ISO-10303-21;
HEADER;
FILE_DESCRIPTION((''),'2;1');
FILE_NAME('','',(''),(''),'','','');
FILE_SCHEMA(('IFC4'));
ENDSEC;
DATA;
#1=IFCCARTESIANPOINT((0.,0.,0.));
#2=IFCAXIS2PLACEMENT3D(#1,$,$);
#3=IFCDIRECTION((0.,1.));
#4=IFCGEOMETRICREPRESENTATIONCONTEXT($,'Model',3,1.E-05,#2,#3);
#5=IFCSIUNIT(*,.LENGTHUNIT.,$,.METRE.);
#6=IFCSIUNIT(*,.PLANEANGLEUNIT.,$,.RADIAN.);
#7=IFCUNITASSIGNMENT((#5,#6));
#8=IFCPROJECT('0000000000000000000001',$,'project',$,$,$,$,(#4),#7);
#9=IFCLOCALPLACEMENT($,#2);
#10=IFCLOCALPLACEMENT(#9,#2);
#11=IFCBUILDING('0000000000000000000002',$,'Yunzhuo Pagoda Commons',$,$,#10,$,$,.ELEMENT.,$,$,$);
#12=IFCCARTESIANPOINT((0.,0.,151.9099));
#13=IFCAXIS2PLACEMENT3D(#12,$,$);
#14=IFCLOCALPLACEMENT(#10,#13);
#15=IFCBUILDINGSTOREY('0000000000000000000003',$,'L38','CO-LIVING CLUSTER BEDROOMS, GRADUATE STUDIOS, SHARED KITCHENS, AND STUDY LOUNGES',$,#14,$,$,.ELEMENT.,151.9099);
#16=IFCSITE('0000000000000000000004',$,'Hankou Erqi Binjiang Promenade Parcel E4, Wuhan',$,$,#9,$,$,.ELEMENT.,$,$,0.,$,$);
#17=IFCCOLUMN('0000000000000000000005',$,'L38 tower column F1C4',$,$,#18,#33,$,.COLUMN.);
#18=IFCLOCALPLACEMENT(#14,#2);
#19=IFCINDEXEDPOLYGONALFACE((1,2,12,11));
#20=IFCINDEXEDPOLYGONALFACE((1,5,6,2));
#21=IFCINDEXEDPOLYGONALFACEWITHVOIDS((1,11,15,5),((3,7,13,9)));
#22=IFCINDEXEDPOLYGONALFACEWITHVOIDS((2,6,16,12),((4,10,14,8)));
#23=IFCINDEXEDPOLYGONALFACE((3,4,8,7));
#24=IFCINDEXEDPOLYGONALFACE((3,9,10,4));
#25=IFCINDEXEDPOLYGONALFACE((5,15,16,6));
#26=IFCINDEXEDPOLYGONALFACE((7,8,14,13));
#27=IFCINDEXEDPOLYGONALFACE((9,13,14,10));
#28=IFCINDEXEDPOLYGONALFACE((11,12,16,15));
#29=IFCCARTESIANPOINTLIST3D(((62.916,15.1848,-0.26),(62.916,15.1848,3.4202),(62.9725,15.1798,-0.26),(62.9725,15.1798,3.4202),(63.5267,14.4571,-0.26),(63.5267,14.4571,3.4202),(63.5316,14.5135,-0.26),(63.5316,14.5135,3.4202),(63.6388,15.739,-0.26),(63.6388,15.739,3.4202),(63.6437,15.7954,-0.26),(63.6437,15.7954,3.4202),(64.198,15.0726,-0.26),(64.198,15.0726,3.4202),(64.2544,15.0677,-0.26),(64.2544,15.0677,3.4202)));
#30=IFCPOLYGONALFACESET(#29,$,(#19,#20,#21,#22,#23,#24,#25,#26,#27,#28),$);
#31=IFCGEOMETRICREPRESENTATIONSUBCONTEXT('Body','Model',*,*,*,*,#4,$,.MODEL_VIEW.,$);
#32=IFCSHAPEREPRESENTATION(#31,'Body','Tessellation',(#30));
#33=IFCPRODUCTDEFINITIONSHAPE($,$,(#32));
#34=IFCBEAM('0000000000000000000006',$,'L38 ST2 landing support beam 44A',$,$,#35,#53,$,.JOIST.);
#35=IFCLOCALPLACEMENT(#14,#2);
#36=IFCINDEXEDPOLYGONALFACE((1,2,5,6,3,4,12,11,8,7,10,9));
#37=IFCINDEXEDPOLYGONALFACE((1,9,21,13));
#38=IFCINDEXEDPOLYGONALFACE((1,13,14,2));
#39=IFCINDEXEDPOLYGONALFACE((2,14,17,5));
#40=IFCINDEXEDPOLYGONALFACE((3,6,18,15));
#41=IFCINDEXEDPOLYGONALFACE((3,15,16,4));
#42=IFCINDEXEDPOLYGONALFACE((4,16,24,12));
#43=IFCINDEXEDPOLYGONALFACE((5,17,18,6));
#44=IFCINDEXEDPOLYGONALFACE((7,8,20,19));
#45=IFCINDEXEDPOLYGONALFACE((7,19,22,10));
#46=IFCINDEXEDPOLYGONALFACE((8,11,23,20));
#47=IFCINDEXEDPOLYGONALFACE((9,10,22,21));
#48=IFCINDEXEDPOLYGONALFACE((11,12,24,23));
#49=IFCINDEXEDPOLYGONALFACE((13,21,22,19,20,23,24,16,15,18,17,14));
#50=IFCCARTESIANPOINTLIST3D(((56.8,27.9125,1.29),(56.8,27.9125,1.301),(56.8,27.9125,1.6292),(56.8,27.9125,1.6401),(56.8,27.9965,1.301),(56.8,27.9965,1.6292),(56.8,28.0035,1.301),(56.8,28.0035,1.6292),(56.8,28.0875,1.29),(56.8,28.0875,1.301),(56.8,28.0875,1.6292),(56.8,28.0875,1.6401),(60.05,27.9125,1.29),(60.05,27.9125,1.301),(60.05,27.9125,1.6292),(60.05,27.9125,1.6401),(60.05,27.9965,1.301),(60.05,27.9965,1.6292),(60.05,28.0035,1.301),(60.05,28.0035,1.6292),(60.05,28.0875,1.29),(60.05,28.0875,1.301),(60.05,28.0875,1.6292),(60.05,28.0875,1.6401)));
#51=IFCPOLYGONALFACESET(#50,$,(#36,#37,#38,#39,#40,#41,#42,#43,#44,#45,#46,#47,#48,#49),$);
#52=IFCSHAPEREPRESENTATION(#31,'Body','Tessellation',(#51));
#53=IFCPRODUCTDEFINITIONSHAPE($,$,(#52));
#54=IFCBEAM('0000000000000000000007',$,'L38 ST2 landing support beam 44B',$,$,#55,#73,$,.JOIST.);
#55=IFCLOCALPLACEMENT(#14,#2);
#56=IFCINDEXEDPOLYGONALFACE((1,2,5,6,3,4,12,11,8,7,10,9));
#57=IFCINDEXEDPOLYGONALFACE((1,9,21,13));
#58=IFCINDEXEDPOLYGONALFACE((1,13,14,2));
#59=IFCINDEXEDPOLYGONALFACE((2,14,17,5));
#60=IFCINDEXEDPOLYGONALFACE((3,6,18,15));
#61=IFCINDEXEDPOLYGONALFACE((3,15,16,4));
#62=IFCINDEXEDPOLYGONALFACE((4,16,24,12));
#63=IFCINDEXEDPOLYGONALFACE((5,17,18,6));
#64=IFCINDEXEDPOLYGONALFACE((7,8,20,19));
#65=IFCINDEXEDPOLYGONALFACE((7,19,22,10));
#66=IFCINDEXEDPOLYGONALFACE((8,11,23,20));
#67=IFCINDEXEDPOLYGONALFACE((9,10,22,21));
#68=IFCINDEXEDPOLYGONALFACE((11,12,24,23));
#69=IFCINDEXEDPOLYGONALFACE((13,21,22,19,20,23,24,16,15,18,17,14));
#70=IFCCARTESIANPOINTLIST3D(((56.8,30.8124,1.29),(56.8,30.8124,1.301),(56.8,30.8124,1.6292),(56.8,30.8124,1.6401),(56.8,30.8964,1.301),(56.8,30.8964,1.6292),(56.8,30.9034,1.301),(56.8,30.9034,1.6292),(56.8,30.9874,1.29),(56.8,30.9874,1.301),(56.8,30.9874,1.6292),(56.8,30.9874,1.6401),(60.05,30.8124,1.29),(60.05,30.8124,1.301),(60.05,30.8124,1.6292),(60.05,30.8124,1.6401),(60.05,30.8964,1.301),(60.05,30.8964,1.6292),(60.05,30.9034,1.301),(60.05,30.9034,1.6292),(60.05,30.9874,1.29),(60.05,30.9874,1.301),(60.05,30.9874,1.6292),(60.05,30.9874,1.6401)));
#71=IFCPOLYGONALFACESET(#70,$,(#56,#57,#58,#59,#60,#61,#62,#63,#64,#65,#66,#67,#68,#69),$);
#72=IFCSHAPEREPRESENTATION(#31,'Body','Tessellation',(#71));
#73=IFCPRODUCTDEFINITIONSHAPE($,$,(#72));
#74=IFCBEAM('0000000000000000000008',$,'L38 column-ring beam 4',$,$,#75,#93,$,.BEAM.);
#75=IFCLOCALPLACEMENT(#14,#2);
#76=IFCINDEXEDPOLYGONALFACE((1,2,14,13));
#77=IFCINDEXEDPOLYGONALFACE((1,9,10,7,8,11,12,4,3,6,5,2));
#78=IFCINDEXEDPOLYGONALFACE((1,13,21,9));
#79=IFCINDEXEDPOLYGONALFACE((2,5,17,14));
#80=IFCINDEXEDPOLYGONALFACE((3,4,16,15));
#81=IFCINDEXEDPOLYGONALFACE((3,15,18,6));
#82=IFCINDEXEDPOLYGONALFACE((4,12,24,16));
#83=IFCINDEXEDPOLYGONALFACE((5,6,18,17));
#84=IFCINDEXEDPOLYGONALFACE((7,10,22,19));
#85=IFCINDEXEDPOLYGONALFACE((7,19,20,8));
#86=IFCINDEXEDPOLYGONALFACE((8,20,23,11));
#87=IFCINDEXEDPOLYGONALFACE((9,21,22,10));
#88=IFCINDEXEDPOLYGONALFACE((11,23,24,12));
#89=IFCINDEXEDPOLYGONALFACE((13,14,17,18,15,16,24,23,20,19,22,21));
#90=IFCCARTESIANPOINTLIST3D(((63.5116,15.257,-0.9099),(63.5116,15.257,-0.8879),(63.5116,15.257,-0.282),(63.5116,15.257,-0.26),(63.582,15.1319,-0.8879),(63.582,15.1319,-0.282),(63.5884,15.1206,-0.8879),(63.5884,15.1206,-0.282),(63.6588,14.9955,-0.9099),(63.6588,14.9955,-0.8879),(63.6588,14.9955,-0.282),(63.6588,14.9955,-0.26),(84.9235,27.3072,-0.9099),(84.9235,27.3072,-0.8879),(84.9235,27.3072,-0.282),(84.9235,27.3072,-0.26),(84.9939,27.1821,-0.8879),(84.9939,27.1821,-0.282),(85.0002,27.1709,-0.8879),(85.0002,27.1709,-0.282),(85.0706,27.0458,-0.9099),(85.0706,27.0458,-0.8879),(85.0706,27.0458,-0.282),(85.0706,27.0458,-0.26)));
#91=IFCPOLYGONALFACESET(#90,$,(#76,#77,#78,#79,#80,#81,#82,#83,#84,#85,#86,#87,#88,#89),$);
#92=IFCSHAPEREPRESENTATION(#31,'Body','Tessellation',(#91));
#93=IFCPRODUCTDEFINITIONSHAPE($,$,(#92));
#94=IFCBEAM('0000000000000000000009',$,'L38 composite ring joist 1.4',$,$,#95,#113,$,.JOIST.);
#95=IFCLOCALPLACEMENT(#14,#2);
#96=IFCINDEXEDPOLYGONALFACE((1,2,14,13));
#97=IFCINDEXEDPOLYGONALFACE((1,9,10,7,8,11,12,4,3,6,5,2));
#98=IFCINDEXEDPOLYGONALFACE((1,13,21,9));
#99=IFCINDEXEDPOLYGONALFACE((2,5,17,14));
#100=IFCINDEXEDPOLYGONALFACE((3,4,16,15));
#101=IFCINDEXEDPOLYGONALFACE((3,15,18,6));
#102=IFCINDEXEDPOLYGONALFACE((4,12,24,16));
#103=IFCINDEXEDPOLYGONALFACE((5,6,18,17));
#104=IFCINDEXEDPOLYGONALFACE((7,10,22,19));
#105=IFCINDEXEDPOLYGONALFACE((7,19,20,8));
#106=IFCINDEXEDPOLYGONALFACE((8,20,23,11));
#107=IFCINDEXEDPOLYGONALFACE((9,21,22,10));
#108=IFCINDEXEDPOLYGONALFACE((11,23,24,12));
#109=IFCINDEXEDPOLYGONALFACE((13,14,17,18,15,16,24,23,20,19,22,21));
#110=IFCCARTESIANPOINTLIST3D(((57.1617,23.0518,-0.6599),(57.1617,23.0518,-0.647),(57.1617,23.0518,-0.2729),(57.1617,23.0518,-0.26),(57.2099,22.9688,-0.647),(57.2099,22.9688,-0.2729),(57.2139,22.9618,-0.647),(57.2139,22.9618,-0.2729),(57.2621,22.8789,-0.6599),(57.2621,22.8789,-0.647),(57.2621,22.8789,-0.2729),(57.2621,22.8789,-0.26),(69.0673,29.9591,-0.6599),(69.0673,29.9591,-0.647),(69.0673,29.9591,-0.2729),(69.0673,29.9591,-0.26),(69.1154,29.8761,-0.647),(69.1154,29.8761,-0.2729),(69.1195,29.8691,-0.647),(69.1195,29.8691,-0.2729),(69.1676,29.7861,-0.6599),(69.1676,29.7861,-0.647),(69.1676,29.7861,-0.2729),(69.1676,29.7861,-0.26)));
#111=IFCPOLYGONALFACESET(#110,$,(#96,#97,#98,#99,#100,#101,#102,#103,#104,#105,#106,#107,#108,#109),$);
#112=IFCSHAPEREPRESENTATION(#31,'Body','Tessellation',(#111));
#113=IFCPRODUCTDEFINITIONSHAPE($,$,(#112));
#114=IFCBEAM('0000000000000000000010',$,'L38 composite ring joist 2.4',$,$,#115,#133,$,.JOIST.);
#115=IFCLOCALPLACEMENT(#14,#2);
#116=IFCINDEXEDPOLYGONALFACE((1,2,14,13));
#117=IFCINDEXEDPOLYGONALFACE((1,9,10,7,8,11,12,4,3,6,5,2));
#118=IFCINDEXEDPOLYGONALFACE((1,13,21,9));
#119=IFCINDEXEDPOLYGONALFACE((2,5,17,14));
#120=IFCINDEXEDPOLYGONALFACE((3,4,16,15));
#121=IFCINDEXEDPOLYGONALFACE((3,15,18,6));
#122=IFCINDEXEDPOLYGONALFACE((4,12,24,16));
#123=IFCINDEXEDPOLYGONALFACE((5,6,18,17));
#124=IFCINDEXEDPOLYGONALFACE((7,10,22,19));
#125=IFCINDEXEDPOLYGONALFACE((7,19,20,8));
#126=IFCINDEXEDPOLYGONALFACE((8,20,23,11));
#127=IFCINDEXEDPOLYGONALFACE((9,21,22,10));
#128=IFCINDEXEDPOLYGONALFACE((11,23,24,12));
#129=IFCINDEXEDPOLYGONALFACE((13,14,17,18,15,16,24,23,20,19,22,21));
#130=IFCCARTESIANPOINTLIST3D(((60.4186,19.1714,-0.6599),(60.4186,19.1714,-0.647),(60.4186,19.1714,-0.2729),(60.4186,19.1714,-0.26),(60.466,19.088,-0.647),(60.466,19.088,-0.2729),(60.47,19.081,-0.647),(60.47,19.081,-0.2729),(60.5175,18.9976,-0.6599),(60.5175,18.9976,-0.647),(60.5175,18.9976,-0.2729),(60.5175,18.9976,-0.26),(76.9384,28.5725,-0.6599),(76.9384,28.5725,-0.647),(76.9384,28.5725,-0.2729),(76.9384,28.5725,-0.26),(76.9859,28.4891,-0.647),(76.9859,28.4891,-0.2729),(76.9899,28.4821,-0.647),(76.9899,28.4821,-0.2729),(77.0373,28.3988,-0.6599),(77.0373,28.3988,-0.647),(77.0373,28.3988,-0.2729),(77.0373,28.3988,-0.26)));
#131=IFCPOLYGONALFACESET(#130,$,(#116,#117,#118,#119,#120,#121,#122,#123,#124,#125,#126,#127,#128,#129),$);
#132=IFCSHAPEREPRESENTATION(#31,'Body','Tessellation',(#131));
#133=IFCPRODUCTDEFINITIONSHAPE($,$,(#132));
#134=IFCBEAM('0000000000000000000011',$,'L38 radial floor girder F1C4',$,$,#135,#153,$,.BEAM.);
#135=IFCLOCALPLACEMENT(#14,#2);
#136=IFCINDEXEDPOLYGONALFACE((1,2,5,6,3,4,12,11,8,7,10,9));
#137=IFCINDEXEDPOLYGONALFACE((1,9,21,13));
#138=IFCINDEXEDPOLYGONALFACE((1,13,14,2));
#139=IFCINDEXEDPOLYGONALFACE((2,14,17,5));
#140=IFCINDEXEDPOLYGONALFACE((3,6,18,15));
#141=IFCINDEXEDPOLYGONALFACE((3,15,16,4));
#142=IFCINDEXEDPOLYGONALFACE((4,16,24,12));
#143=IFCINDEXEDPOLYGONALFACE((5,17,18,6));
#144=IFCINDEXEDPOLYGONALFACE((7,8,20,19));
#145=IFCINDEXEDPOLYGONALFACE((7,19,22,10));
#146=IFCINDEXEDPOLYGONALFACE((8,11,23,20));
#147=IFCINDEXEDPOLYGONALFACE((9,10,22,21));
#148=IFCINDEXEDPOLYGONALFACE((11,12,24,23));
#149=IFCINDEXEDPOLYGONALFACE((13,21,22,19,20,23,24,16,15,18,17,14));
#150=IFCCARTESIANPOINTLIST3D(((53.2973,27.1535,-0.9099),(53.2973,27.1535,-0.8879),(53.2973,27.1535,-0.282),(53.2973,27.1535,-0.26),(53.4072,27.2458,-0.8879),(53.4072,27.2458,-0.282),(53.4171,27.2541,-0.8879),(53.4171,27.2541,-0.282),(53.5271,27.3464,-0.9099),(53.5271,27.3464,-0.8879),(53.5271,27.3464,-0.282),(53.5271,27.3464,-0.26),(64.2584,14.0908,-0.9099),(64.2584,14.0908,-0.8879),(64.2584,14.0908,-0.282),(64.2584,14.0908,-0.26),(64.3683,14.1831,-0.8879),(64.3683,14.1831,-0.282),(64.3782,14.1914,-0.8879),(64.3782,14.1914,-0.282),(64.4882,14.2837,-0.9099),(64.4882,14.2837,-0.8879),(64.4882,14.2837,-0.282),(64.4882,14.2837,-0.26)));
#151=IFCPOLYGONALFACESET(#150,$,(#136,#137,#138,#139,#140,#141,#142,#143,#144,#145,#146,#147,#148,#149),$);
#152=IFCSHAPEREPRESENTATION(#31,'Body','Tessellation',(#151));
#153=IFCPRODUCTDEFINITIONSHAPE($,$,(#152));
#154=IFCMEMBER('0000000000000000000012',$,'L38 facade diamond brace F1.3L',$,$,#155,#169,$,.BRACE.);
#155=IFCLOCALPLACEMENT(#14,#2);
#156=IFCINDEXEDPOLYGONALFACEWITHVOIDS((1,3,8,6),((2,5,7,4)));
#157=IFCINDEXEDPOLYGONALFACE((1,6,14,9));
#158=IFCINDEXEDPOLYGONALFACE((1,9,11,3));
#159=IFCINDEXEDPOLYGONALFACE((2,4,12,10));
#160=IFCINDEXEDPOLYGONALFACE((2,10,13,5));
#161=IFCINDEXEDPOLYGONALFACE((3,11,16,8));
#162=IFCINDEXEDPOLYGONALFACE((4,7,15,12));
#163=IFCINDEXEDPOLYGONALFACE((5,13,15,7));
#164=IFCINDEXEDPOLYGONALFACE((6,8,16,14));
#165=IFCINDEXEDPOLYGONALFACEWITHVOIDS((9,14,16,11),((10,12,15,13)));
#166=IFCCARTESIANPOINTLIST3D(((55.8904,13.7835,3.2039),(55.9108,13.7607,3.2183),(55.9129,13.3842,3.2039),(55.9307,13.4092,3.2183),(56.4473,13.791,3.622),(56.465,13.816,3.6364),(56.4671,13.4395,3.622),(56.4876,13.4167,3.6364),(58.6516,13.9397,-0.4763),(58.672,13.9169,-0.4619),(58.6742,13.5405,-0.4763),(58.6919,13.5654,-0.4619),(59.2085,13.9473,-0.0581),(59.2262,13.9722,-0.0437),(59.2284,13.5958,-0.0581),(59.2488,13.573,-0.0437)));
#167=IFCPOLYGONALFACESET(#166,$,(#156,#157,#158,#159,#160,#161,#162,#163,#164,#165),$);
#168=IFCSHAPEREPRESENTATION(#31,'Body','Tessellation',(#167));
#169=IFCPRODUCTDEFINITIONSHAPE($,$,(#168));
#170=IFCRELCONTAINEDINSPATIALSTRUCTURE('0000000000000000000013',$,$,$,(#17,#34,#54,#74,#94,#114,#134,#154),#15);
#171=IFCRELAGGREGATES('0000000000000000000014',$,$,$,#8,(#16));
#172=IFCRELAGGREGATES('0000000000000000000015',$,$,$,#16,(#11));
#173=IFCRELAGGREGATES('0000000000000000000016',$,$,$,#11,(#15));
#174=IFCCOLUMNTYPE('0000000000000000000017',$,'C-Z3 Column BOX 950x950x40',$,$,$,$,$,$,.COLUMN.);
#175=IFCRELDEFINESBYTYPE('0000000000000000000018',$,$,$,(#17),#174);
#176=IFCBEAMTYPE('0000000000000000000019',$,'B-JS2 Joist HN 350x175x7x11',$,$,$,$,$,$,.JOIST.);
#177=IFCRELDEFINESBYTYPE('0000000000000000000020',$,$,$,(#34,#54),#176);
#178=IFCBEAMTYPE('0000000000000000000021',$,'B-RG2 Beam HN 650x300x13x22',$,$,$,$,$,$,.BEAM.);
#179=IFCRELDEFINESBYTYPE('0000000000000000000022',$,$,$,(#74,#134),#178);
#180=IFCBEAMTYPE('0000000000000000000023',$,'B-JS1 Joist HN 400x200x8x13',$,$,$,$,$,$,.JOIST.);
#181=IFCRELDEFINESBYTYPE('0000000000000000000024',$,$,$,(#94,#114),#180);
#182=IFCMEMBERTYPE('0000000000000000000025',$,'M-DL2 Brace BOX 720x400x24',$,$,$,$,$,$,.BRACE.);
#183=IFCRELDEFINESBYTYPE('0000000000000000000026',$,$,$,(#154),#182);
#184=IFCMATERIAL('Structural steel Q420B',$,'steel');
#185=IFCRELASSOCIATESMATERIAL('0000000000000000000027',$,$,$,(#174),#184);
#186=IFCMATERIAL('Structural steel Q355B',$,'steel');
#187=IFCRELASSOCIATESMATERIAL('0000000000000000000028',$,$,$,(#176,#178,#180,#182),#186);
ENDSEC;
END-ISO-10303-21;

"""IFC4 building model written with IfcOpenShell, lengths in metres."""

from ifc_helpers import new_model, si_unit, direction, frame, origin, origin_2d, place, context, subcontext, project, spatial, hollow_rectangle, i_section, extrude, source, transform, mapped, material, material_profile, profile_set, type_object, element, save


model = new_model("IFC4")

# Units and contexts
model_context = context("Model", 3, precision=1e-05, world=origin(), true_north=direction((0.0, 1.0)))
body_context = subcontext(model_context, "Body", "Model", "MODEL_VIEW")
ifc_project = project(units=[si_unit("LENGTHUNIT", "METRE"), si_unit("PLANEANGLEUNIT", "RADIAN")], contexts=[model_context])

# Site, building, storey
site_placement = place(None, origin())
site = spatial("IfcSite", under=ifc_project, at=site_placement, Name="Hankou Erqi Binjiang Promenade Parcel E4, Wuhan", CompositionType="ELEMENT", RefElevation=0.0)
building_placement = place(site_placement, origin())
building = spatial("IfcBuilding", under=site, at=building_placement, Name="Yunzhuo Pagoda Commons", CompositionType="ELEMENT")
storey_placement = place(building_placement, frame((0.0, 0.0, 151.9099)))
storey = spatial("IfcBuildingStorey", under=building, at=storey_placement, Name="L38", Description="CO-LIVING CLUSTER BEDROOMS, GRADUATE STUDIOS, SHARED KITCHENS, AND STUDY LOUNGES", CompositionType="ELEMENT", Elevation=151.9099)

# Column
ifc_material_1 = material(Name="Structural steel Q420B", Category="steel")
ifc_material_profile_1 = material_profile(ifc_material_1, hollow_rectangle(XDim=0.95, YDim=0.95, WallThickness=0.04, at=origin_2d()), Name="Structural steel Q420B")
ifc_profile_set_1 = profile_set([ifc_material_profile_1], Name="Structural steel Q420B")
column_type = type_object("IfcColumnType", Name="C-Z3 Column BOX 950x950x40", PredefinedType="COLUMN", material=ifc_profile_set_1)
shared_shape_1 = source(origin(), body_context, "Body", "SweptSolid", [
    extrude(hollow_rectangle(XDim=0.95, YDim=0.95, WallThickness=0.04, at=origin_2d()), origin(), (0.0, 0.0, 1.0), 3.6802),
])
column_placement = place(storey_placement, frame((63.5852, 15.1262, -0.26), z_axis=(0.0, 0.0, 1.0), x_axis=(0.766044, 0.642788, 0.0)))
element("IfcColumn", 1, at=column_placement, inside=storey, type_object=column_type, Name="L38 tower column F1C4", PredefinedType="COLUMN", context=body_context, shape_type="MappedRepresentation", body=[
    mapped(shared_shape_1, transform((0.0, 0.0, 0.0), scale=1.0)),
])

# Beams
ifc_material_2 = material(Name="Structural steel Q355B", Category="steel")
ifc_material_profile_2 = material_profile(ifc_material_2, i_section(OverallWidth=0.175, OverallDepth=0.3501, WebThickness=0.0071, FlangeThickness=0.011, at=origin_2d()), Name="Structural steel Q355B")
ifc_profile_set_2 = profile_set([ifc_material_profile_2], Name="Structural steel Q355B")
beam_type_1 = type_object("IfcBeamType", Name="B-JS2 Joist HN 350x175x7x11", PredefinedType="JOIST", material=ifc_profile_set_2)
shared_shape_2 = source(origin(), body_context, "Body", "SweptSolid", [
    extrude(i_section(OverallWidth=0.175, OverallDepth=0.3501, WebThickness=0.0071, FlangeThickness=0.011, at=origin_2d()), origin(), (0.0, 0.0, 1.0), 3.25),
])
for number, where, z_axis, x_axis, name in (
    (2, (56.8, 28.0, 1.4651), (1.0, 0.0, 0.0), (0.0, 1.0, 0.0), "L38 ST2 landing support beam 44A"),
    (3, (56.8, 30.8999, 1.4651), (1.0, 0.0, 0.0), (0.0, 1.0, 0.0), "L38 ST2 landing support beam 44B"),
):
    element("IfcBeam", number, at=place(storey_placement, frame(where, z_axis=z_axis, x_axis=x_axis)), inside=storey, type_object=beam_type_1, Name=name, PredefinedType="JOIST", context=body_context, shape_type="MappedRepresentation", body=[
        mapped(shared_shape_2, transform((0.0, 0.0, 0.0), scale=1.0)),
    ])
ifc_material_profile_3 = material_profile(ifc_material_2, i_section(OverallWidth=0.3, OverallDepth=0.6499, WebThickness=0.0129, FlangeThickness=0.022, at=origin_2d()), Name="Structural steel Q355B")
ifc_profile_set_3 = profile_set([ifc_material_profile_3], Name="Structural steel Q355B")
beam_type_2 = type_object("IfcBeamType", Name="B-RG2 Beam HN 650x300x13x22", PredefinedType="BEAM", material=ifc_profile_set_3)
shared_shape_3 = source(origin(), body_context, "Body", "SweptSolid", [
    extrude(i_section(OverallWidth=0.3, OverallDepth=0.6499, WebThickness=0.0129, FlangeThickness=0.022, at=origin_2d()), origin(), (0.0, 0.0, 1.0), 24.5698),
])
beam_1_placement = place(storey_placement, frame((63.5852, 15.1262, -0.585), z_axis=(0.871469, 0.49045, 0.0), x_axis=(-0.49045, 0.871469, 0.0)))
element("IfcBeam", 4, at=beam_1_placement, inside=storey, type_object=beam_type_2, Name="L38 column-ring beam 4", PredefinedType="BEAM", context=body_context, shape_type="MappedRepresentation", body=[
    mapped(shared_shape_3, transform((0.0, 0.0, 0.0), scale=1.0)),
])
ifc_material_profile_4 = material_profile(ifc_material_2, i_section(OverallWidth=0.2, OverallDepth=0.3999, WebThickness=0.0081, FlangeThickness=0.0129, at=origin_2d()), Name="Structural steel Q355B")
ifc_profile_set_4 = profile_set([ifc_material_profile_4], Name="Structural steel Q355B")
beam_type_3 = type_object("IfcBeamType", Name="B-JS1 Joist HN 400x200x8x13", PredefinedType="JOIST", material=ifc_profile_set_4)
shared_shape_4 = source(origin(), body_context, "Body", "SweptSolid", [
    extrude(i_section(OverallWidth=0.2, OverallDepth=0.3999, WebThickness=0.0081, FlangeThickness=0.0129, at=origin_2d()), origin(), (0.0, 0.0, 1.0), 13.7642),
])
beam_2_placement = place(storey_placement, frame((57.2119, 22.9653, -0.46), z_axis=(0.864967, 0.501828, 0.0), x_axis=(-0.501828, 0.864967, 0.0)))
element("IfcBeam", 5, at=beam_2_placement, inside=storey, type_object=beam_type_3, Name="L38 composite ring joist 1.4", PredefinedType="JOIST", context=body_context, shape_type="MappedRepresentation", body=[
    mapped(shared_shape_4, transform((0.0, 0.0, 0.0), scale=1.0)),
])
shared_shape_5 = source(origin(), body_context, "Body", "SweptSolid", [
    extrude(i_section(OverallWidth=0.2, OverallDepth=0.3999, WebThickness=0.0081, FlangeThickness=0.0129, at=origin_2d()), origin(), (0.0, 0.0, 1.0), 19.0076),
])
beam_3_placement = place(storey_placement, frame((60.468, 19.0845, -0.46), z_axis=(0.86912, 0.494601, 0.0), x_axis=(-0.494601, 0.86912, 0.0)))
element("IfcBeam", 6, at=beam_3_placement, inside=storey, type_object=beam_type_3, Name="L38 composite ring joist 2.4", PredefinedType="JOIST", context=body_context, shape_type="MappedRepresentation", body=[
    mapped(shared_shape_5, transform((0.0, 0.0, 0.0), scale=1.0)),
])
shared_shape_6 = source(origin(), body_context, "Body", "SweptSolid", [
    extrude(i_section(OverallWidth=0.3, OverallDepth=0.6499, WebThickness=0.0129, FlangeThickness=0.022, at=origin_2d()), origin(), (0.0, 0.0, 1.0), 17.0522),
])
beam_4_placement = place(storey_placement, frame((64.3733, 14.1873, -0.585), z_axis=(-0.642796, 0.766038, 0.0), x_axis=(-0.766038, -0.642796, 0.0)))
element("IfcBeam", 7, at=beam_4_placement, inside=storey, type_object=beam_type_2, Name="L38 radial floor girder F1C4", PredefinedType="BEAM", context=body_context, shape_type="MappedRepresentation", body=[
    mapped(shared_shape_6, transform((0.0, 0.0, 0.0), scale=1.0)),
])

# Member
ifc_material_profile_5 = material_profile(ifc_material_2, hollow_rectangle(XDim=0.3999, YDim=0.72, WallThickness=0.0239, at=origin_2d()), Name="Structural steel Q355B")
ifc_profile_set_5 = profile_set([ifc_material_profile_5], Name="Structural steel Q355B")
member_type_1 = type_object("IfcMemberType", Name="M-DL2 Brace BOX 720x400x24", PredefinedType="BRACE", material=ifc_profile_set_5)
shared_shape_7 = source(origin(), body_context, "Body", "SweptSolid", [
    extrude(hollow_rectangle(XDim=0.3999, YDim=0.72, WallThickness=0.0239, at=origin_2d()), origin(), (0.0, 0.0, 1.0), 4.6035),
])
for number, where, z_axis, x_axis, name in (
    (8, (58.9502, 13.7563, -0.26), (-0.599807, -0.033941, 0.799424), (0.056497, -0.998403, 0.0), "L38 facade diamond brace F1.3L"),
):
    element("IfcMember", number, at=place(storey_placement, frame(where, z_axis=z_axis, x_axis=x_axis)), inside=storey, type_object=member_type_1, Name=name, PredefinedType="BRACE", context=body_context, shape_type="MappedRepresentation", body=[
        mapped(shared_shape_7, transform((0.0, 0.0, 0.0), scale=1.0)),
    ])

save(model, "model.ifc")
